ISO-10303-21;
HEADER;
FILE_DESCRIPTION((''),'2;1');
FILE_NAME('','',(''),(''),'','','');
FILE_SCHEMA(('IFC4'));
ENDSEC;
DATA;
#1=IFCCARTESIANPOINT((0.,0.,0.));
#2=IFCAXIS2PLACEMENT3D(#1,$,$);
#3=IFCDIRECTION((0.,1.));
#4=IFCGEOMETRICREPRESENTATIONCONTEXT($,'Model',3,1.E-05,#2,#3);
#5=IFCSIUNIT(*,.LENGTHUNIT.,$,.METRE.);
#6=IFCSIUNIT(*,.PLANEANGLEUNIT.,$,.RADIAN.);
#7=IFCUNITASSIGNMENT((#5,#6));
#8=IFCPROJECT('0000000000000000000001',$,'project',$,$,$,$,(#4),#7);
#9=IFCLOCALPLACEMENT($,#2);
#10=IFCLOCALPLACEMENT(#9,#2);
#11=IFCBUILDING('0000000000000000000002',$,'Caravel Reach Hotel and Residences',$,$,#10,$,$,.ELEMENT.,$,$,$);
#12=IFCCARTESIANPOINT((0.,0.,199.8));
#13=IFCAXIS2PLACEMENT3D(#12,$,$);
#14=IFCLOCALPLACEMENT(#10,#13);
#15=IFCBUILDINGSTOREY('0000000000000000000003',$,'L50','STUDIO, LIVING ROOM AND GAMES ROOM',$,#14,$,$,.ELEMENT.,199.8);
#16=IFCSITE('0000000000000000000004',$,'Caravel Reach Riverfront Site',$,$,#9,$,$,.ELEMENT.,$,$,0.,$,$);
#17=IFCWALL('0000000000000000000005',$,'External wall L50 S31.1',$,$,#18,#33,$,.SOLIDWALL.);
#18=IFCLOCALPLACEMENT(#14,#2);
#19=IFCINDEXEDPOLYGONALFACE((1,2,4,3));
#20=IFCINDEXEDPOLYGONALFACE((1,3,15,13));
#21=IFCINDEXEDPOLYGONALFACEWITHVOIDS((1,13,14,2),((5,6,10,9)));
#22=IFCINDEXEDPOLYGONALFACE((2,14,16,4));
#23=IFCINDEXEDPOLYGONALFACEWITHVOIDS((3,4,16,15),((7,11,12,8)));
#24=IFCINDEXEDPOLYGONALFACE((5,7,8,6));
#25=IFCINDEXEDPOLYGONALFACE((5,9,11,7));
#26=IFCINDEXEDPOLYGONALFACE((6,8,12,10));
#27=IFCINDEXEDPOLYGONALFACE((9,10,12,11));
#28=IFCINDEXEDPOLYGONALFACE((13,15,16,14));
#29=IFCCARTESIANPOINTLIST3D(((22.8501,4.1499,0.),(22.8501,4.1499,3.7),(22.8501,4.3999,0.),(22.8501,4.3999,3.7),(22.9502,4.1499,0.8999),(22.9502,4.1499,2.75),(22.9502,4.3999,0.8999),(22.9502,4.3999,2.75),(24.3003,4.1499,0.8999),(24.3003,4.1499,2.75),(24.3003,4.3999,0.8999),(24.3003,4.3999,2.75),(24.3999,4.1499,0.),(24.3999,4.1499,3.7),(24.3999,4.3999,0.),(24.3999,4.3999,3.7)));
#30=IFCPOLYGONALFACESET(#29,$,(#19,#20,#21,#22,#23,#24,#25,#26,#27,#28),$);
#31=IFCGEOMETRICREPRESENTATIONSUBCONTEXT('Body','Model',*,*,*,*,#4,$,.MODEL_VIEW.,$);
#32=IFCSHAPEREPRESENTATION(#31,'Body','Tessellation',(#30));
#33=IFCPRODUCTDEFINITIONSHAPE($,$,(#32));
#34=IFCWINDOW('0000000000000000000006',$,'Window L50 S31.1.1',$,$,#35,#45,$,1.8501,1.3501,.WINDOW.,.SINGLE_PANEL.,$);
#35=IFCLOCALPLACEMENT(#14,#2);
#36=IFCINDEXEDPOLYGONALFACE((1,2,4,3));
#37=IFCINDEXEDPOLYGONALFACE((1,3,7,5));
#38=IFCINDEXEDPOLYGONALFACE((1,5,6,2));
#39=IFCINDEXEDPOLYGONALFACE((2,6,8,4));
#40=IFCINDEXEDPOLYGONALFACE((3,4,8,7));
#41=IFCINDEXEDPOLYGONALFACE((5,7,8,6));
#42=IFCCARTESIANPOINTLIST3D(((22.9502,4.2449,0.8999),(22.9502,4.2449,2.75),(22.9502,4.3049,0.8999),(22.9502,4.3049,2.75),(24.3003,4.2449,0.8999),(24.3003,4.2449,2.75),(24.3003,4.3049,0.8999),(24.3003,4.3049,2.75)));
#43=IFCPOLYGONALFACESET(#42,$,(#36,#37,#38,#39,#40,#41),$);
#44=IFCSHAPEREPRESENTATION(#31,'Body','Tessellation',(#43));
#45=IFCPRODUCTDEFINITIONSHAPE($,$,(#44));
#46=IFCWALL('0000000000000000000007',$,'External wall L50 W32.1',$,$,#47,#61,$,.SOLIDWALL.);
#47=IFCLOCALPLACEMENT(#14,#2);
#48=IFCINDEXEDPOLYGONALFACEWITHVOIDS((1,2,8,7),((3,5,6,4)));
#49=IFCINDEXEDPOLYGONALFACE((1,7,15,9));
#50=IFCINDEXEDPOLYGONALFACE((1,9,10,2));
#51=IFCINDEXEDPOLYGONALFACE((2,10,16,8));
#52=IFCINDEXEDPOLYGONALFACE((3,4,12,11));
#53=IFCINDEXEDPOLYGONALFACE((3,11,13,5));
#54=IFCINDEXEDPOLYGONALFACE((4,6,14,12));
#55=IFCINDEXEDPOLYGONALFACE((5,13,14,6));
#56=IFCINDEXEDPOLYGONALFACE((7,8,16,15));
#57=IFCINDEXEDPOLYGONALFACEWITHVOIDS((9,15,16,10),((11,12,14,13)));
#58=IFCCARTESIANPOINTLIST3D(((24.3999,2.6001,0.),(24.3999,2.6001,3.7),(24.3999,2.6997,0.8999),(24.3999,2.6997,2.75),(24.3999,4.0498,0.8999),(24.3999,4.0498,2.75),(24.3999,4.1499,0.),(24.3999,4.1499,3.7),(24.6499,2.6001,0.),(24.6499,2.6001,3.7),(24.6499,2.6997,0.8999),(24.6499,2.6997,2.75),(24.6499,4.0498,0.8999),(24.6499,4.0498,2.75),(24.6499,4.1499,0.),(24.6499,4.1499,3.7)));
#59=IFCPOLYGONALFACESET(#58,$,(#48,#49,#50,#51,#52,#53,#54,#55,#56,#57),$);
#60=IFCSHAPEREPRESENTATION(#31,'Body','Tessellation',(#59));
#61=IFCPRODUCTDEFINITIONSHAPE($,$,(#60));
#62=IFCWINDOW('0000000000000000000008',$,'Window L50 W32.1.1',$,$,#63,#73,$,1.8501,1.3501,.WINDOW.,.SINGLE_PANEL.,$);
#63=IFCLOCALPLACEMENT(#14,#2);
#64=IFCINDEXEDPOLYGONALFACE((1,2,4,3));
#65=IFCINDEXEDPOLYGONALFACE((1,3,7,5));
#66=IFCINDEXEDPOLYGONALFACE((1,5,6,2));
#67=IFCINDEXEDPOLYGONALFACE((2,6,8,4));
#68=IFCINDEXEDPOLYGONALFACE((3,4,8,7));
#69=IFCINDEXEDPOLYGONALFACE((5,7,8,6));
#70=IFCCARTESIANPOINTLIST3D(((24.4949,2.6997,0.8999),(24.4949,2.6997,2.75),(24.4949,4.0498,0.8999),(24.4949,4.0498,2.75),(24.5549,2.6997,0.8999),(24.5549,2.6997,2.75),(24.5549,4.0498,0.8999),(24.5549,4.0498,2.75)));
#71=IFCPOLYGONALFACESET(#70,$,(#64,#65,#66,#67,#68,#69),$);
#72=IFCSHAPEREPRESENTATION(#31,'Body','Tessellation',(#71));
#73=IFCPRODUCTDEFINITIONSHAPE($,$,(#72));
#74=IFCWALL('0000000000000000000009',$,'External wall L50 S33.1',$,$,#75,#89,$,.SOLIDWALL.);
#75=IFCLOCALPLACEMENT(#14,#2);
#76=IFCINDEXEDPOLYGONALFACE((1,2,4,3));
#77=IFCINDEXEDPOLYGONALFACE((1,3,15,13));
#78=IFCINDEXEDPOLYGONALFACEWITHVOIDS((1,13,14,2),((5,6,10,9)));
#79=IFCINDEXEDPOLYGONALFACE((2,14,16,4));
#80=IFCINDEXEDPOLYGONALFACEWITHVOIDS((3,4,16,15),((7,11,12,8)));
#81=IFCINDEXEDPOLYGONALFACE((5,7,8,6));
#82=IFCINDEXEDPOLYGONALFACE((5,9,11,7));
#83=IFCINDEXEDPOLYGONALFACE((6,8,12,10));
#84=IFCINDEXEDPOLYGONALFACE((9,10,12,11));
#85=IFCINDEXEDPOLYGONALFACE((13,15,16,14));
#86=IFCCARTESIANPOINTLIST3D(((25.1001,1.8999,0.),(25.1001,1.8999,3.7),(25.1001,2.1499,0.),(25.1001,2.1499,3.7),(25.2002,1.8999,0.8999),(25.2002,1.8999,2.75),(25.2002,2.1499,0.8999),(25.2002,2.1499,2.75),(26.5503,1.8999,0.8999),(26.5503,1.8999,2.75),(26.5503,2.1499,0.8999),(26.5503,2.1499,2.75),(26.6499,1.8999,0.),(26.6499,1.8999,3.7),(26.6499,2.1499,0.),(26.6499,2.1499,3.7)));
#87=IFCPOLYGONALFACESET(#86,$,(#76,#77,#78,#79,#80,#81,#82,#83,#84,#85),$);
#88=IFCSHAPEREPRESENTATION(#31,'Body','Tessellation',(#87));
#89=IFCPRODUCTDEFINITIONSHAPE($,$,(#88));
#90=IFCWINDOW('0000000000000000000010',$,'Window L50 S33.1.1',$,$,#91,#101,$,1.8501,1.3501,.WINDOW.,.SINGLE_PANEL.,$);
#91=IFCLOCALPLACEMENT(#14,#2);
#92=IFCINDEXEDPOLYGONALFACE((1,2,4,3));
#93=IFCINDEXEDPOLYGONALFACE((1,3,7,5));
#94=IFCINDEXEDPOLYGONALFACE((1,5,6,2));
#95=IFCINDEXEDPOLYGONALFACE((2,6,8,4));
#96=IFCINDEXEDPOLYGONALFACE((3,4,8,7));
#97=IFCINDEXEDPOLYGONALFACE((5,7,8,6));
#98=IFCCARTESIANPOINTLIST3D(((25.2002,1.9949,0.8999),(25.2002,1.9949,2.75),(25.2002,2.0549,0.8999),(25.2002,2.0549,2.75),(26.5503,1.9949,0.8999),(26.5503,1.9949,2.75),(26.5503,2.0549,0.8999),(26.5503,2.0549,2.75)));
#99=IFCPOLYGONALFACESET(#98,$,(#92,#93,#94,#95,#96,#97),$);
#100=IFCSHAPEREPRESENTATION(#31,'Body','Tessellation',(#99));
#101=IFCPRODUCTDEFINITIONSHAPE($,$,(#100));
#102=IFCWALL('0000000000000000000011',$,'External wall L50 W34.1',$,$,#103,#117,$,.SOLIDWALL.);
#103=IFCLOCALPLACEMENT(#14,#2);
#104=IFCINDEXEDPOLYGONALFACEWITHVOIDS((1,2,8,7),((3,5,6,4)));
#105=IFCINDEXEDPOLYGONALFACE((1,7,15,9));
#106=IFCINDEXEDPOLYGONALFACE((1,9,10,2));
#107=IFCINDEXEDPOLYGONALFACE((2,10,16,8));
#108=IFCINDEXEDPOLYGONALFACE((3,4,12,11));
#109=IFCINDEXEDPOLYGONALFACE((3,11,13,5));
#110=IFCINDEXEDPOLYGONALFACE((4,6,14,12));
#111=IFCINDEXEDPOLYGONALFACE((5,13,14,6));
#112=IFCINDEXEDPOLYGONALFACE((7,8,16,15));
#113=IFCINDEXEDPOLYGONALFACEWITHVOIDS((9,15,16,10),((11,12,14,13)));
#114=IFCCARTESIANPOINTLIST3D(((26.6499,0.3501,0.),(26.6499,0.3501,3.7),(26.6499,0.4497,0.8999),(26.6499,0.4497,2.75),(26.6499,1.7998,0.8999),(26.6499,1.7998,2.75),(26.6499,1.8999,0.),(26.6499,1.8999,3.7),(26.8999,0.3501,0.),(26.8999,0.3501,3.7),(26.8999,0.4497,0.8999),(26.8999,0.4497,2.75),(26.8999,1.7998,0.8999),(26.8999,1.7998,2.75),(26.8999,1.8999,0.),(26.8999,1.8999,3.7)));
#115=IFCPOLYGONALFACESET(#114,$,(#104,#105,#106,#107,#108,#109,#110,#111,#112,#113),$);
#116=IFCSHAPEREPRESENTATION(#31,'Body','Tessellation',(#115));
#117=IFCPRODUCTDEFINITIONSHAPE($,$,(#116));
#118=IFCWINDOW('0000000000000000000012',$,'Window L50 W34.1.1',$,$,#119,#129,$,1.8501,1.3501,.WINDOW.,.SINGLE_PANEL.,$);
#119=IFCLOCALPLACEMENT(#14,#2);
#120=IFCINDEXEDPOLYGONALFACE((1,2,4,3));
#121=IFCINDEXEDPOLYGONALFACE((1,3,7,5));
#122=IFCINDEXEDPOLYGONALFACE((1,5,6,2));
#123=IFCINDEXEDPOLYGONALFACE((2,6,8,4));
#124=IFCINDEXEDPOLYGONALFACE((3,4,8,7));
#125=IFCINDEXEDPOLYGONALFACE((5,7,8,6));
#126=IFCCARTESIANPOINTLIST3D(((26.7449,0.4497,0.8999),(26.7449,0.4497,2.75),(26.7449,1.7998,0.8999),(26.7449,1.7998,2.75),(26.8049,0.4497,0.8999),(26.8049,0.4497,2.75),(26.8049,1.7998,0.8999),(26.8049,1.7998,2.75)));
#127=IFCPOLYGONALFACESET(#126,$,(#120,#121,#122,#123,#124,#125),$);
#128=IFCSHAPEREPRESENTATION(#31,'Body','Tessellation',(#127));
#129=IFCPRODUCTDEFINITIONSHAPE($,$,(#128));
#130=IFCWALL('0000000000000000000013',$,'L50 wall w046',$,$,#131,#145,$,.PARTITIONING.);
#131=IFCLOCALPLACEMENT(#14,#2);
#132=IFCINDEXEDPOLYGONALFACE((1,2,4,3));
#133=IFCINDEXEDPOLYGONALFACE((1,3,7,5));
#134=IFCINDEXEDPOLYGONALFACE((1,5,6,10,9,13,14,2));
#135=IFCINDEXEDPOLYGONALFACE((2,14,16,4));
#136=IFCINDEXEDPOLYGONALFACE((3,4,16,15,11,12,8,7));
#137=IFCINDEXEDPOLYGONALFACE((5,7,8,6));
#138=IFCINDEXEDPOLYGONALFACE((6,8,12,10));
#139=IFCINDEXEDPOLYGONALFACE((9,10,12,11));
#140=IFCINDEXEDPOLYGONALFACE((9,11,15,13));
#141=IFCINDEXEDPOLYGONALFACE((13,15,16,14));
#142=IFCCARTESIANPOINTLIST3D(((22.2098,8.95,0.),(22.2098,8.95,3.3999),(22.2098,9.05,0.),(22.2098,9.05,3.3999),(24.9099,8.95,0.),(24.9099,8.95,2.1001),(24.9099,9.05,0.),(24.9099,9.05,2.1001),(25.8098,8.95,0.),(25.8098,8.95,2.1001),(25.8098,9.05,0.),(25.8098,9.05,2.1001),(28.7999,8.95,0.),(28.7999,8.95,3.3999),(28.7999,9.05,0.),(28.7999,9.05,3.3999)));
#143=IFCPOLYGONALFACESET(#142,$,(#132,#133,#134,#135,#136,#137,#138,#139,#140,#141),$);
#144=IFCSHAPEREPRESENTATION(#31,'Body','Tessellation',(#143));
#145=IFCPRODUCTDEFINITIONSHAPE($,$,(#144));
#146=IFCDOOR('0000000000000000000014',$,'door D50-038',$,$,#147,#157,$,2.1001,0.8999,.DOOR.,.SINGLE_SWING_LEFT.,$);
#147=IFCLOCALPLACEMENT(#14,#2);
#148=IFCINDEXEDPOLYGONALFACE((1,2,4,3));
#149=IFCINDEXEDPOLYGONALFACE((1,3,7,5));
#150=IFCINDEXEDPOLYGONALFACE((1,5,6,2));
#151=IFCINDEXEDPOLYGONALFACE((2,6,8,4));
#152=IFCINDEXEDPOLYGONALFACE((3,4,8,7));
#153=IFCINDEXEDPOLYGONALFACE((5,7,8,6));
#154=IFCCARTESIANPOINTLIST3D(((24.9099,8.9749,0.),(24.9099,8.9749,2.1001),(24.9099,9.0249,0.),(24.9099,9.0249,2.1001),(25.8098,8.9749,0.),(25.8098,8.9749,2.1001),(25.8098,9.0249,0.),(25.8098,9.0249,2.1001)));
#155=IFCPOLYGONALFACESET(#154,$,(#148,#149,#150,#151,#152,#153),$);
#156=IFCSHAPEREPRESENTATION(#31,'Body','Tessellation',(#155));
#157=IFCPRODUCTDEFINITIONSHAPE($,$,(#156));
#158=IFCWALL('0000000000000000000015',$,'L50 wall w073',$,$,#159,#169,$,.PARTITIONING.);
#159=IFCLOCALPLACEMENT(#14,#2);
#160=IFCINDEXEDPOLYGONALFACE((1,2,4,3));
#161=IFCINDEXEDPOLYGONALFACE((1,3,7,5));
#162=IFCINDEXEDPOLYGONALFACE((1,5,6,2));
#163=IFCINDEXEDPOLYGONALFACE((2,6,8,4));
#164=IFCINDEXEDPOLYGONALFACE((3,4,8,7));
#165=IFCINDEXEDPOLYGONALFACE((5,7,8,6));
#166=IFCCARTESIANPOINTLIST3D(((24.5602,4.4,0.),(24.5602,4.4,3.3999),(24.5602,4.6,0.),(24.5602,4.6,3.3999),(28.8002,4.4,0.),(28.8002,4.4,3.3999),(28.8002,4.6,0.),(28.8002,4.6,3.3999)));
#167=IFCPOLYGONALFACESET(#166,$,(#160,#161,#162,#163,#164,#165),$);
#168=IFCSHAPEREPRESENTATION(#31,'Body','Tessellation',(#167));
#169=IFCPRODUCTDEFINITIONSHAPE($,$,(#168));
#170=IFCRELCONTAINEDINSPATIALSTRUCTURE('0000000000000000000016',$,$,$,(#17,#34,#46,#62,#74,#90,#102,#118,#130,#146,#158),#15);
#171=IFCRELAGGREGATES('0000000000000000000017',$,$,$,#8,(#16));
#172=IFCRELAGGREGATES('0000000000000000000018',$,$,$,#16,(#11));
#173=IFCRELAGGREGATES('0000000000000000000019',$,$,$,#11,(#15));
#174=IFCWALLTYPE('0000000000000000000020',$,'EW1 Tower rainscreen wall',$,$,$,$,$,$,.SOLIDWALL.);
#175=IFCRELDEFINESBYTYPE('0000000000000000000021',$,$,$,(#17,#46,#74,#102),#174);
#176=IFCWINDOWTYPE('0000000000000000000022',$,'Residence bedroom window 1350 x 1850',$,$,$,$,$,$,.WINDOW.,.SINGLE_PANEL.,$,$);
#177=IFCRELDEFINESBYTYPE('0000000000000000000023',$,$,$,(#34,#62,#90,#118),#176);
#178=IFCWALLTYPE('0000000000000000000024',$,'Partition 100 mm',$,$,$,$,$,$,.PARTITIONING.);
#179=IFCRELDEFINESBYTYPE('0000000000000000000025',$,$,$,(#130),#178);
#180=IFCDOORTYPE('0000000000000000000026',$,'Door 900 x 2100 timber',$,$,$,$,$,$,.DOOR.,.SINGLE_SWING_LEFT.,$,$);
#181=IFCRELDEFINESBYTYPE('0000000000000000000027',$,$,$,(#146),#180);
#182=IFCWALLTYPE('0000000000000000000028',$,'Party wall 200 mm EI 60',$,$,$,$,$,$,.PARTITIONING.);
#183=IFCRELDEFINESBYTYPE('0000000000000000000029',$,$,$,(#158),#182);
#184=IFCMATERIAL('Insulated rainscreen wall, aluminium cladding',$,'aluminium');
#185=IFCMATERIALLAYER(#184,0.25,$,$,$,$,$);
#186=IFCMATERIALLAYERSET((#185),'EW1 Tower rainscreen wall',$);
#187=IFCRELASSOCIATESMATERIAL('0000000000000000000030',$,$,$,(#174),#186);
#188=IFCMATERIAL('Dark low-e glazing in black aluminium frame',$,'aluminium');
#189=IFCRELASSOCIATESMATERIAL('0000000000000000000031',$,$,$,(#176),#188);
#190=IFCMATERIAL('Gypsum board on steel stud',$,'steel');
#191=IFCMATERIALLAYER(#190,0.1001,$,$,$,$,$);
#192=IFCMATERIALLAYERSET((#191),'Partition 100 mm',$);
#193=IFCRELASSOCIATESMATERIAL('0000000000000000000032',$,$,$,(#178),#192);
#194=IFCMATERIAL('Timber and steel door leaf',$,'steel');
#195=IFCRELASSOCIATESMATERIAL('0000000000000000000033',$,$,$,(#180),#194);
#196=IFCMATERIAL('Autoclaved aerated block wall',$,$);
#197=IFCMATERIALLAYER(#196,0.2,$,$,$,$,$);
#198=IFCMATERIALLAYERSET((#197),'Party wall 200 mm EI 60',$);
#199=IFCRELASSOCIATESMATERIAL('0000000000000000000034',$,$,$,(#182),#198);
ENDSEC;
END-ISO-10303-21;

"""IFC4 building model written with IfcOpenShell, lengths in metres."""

from ifc_helpers import new_model, si_unit, direction, frame, frame_2d, origin, place, context, subcontext, project, spatial, rectangle, extrude, material, layer, layer_set, type_object, element, fill, save


model = new_model("IFC4")

# Units and contexts
model_context = context("Model", 3, precision=1e-05, world=origin(), true_north=direction((0.0, 1.0)))
body_context = subcontext(model_context, "Body", "Model", "MODEL_VIEW")
ifc_project = project(units=[si_unit("LENGTHUNIT", "METRE"), si_unit("PLANEANGLEUNIT", "RADIAN")], contexts=[model_context])

# Site, building, storey
site_placement = place(None, origin())
site = spatial("IfcSite", under=ifc_project, at=site_placement, Name="Caravel Reach Riverfront Site", CompositionType="ELEMENT", RefElevation=0.0)
building_placement = place(site_placement, origin())
building = spatial("IfcBuilding", under=site, at=building_placement, Name="Caravel Reach Hotel and Residences", CompositionType="ELEMENT")
storey_placement = place(building_placement, frame((0.0, 0.0, 199.8)))
storey = spatial("IfcBuildingStorey", under=building, at=storey_placement, Name="L50", Description="STUDIO, LIVING ROOM AND GAMES ROOM", CompositionType="ELEMENT", Elevation=199.8)

# Shared definitions
ifc_material_1 = material(Name="Insulated rainscreen wall, aluminium cladding", Category="aluminium")
ifc_layer_1 = layer(ifc_material_1, 0.25)
ifc_layer_set_1 = layer_set([ifc_layer_1], Name="EW1 Tower rainscreen wall")
wall_type_1 = type_object("IfcWallType", Name="EW1 Tower rainscreen wall", PredefinedType="SOLIDWALL", material=ifc_layer_set_1)

# Walls, openings, windows
wall_1_placement = place(storey_placement, frame((22.8501, 4.2749, 0.0), z_axis=(0.0, 0.0, 1.0), x_axis=(1.0, 0.0, 0.0)))
wall_1 = element("IfcWall", 1, at=wall_1_placement, inside=storey, type_object=wall_type_1, Name="External wall L50 S31.1", PredefinedType="SOLIDWALL", context=body_context, shape_type="SweptSolid", body=[
    extrude(rectangle(XDim=1.5498, YDim=0.25, at=frame_2d((0.7749, 0.0))), origin(), (0.0, 0.0, 1.0), 3.7),
])
opening_1_placement = place(wall_1_placement, frame((0.1001, 0.0, 0.8999)))
opening_1 = element("IfcOpeningElement", 2, at=opening_1_placement, cuts=wall_1, PredefinedType="OPENING", context=body_context, shape_type="SweptSolid", body=[
    extrude(rectangle(XDim=1.3501, YDim=1.8501, at=frame_2d((0.675, 0.925))), frame((0.0, 0.135, 0.0), z_axis=(0.0, -1.0, 0.0), x_axis=(1.0, 0.0, 0.0)), (0.0, 0.0, 1.0), 0.27),
])
ifc_material_2 = material(Name="Dark low-e glazing in black aluminium frame", Category="aluminium")
window_type_1 = type_object("IfcWindowType", Name="Residence bedroom window 1350 x 1850", PartitioningType="SINGLE_PANEL", PredefinedType="WINDOW", material=ifc_material_2)
window_1_placement = place(opening_1_placement, origin())
window_1 = element("IfcWindow", 3, at=window_1_placement, inside=storey, type_object=window_type_1, Name="Window L50 S31.1.1", OverallHeight=1.8501, OverallWidth=1.3501, PartitioningType="SINGLE_PANEL", PredefinedType="WINDOW", context=body_context, shape_type="SweptSolid", body=[
    extrude(rectangle(XDim=1.3501, YDim=1.8501, at=frame_2d((0.675, 0.925))), frame((0.0, 0.03, 0.0), z_axis=(0.0, -1.0, 0.0), x_axis=(1.0, 0.0, 0.0)), (0.0, 0.0, 1.0), 0.0601),
])
fill(opening_1, window_1)
wall_2_placement = place(storey_placement, frame((24.5249, 4.1499, 0.0), z_axis=(0.0, 0.0, 1.0), x_axis=(0.0, -1.0, 0.0)))
wall_2 = element("IfcWall", 4, at=wall_2_placement, inside=storey, type_object=wall_type_1, Name="External wall L50 W32.1", PredefinedType="SOLIDWALL", context=body_context, shape_type="SweptSolid", body=[
    extrude(rectangle(XDim=1.5498, YDim=0.25, at=frame_2d((0.7749, 0.0))), origin(), (0.0, 0.0, 1.0), 3.7),
])
opening_2_placement = place(wall_2_placement, frame((0.1001, 0.0, 0.8999)))
opening_2 = element("IfcOpeningElement", 5, at=opening_2_placement, cuts=wall_2, PredefinedType="OPENING", context=body_context, shape_type="SweptSolid", body=[
    extrude(rectangle(XDim=1.3501, YDim=1.8501, at=frame_2d((0.675, 0.925))), frame((0.0, 0.135, 0.0), z_axis=(0.0, -1.0, 0.0), x_axis=(1.0, 0.0, 0.0)), (0.0, 0.0, 1.0), 0.27),
])
window_2_placement = place(opening_2_placement, origin())
window_2 = element("IfcWindow", 6, at=window_2_placement, inside=storey, type_object=window_type_1, Name="Window L50 W32.1.1", OverallHeight=1.8501, OverallWidth=1.3501, PartitioningType="SINGLE_PANEL", PredefinedType="WINDOW", context=body_context, shape_type="SweptSolid", body=[
    extrude(rectangle(XDim=1.3501, YDim=1.8501, at=frame_2d((0.675, 0.925))), frame((0.0, 0.03, 0.0), z_axis=(0.0, -1.0, 0.0), x_axis=(1.0, 0.0, 0.0)), (0.0, 0.0, 1.0), 0.0601),
])
fill(opening_2, window_2)
wall_3_placement = place(storey_placement, frame((25.1001, 2.0249, 0.0), z_axis=(0.0, 0.0, 1.0), x_axis=(1.0, 0.0, 0.0)))
wall_3 = element("IfcWall", 7, at=wall_3_placement, inside=storey, type_object=wall_type_1, Name="External wall L50 S33.1", PredefinedType="SOLIDWALL", context=body_context, shape_type="SweptSolid", body=[
    extrude(rectangle(XDim=1.5498, YDim=0.25, at=frame_2d((0.7749, 0.0))), origin(), (0.0, 0.0, 1.0), 3.7),
])
opening_3_placement = place(wall_3_placement, frame((0.1001, 0.0, 0.8999)))
opening_3 = element("IfcOpeningElement", 8, at=opening_3_placement, cuts=wall_3, PredefinedType="OPENING", context=body_context, shape_type="SweptSolid", body=[
    extrude(rectangle(XDim=1.3501, YDim=1.8501, at=frame_2d((0.675, 0.925))), frame((0.0, 0.135, 0.0), z_axis=(0.0, -1.0, 0.0), x_axis=(1.0, 0.0, 0.0)), (0.0, 0.0, 1.0), 0.27),
])
window_3_placement = place(opening_3_placement, origin())
window_3 = element("IfcWindow", 9, at=window_3_placement, inside=storey, type_object=window_type_1, Name="Window L50 S33.1.1", OverallHeight=1.8501, OverallWidth=1.3501, PartitioningType="SINGLE_PANEL", PredefinedType="WINDOW", context=body_context, shape_type="SweptSolid", body=[
    extrude(rectangle(XDim=1.3501, YDim=1.8501, at=frame_2d((0.675, 0.925))), frame((0.0, 0.03, 0.0), z_axis=(0.0, -1.0, 0.0), x_axis=(1.0, 0.0, 0.0)), (0.0, 0.0, 1.0), 0.0601),
])
fill(opening_3, window_3)
wall_4_placement = place(storey_placement, frame((26.7749, 1.8999, 0.0), z_axis=(0.0, 0.0, 1.0), x_axis=(0.0, -1.0, 0.0)))
wall_4 = element("IfcWall", 10, at=wall_4_placement, inside=storey, type_object=wall_type_1, Name="External wall L50 W34.1", PredefinedType="SOLIDWALL", context=body_context, shape_type="SweptSolid", body=[
    extrude(rectangle(XDim=1.5498, YDim=0.25, at=frame_2d((0.7749, 0.0))), origin(), (0.0, 0.0, 1.0), 3.7),
])
opening_4_placement = place(wall_4_placement, frame((0.1001, 0.0, 0.8999)))
opening_4 = element("IfcOpeningElement", 11, at=opening_4_placement, cuts=wall_4, PredefinedType="OPENING", context=body_context, shape_type="SweptSolid", body=[
    extrude(rectangle(XDim=1.3501, YDim=1.8501, at=frame_2d((0.675, 0.925))), frame((0.0, 0.135, 0.0), z_axis=(0.0, -1.0, 0.0), x_axis=(1.0, 0.0, 0.0)), (0.0, 0.0, 1.0), 0.27),
])
window_4_placement = place(opening_4_placement, origin())
window_4 = element("IfcWindow", 12, at=window_4_placement, inside=storey, type_object=window_type_1, Name="Window L50 W34.1.1", OverallHeight=1.8501, OverallWidth=1.3501, PartitioningType="SINGLE_PANEL", PredefinedType="WINDOW", context=body_context, shape_type="SweptSolid", body=[
    extrude(rectangle(XDim=1.3501, YDim=1.8501, at=frame_2d((0.675, 0.925))), frame((0.0, 0.03, 0.0), z_axis=(0.0, -1.0, 0.0), x_axis=(1.0, 0.0, 0.0)), (0.0, 0.0, 1.0), 0.0601),
])
fill(opening_4, window_4)

# Wall, opening, door
ifc_material_3 = material(Name="Gypsum board on steel stud", Category="steel")
ifc_layer_2 = layer(ifc_material_3, 0.1001)
ifc_layer_set_2 = layer_set([ifc_layer_2], Name="Partition 100 mm")
wall_type_2 = type_object("IfcWallType", Name="Partition 100 mm", PredefinedType="PARTITIONING", material=ifc_layer_set_2)
wall_5_placement = place(storey_placement, frame((22.21, 9.0, 0.0), z_axis=(0.0, 0.0, 1.0), x_axis=(1.0, 0.0, 0.0)))
wall_5 = element("IfcWall", 13, at=wall_5_placement, inside=storey, type_object=wall_type_2, Name="L50 wall w046", PredefinedType="PARTITIONING", context=body_context, shape_type="SweptSolid", body=[
    extrude(rectangle(XDim=6.5901, YDim=0.1001, at=frame_2d((3.2949, 0.0))), origin(), (0.0, 0.0, 1.0), 3.3999),
])
opening_5_placement = place(wall_5_placement, frame((2.7, 0.0, 0.0)))
opening_5 = element("IfcOpeningElement", 14, at=opening_5_placement, cuts=wall_5, PredefinedType="OPENING", context=body_context, shape_type="SweptSolid", body=[
    extrude(rectangle(XDim=0.8999, YDim=2.1001, at=frame_2d((0.45, 1.05))), frame((0.0, 0.0601, 0.0), z_axis=(0.0, -1.0, 0.0), x_axis=(1.0, 0.0, 0.0)), (0.0, 0.0, 1.0), 0.1201),
])
ifc_material_4 = material(Name="Timber and steel door leaf", Category="steel")
door_type = type_object("IfcDoorType", Name="Door 900 x 2100 timber", OperationType="SINGLE_SWING_LEFT", PredefinedType="DOOR", material=ifc_material_4)
door_placement = place(opening_5_placement, origin())
door = element("IfcDoor", 15, at=door_placement, inside=storey, type_object=door_type, Name="door D50-038", OperationType="SINGLE_SWING_LEFT", OverallHeight=2.1001, OverallWidth=0.8999, PredefinedType="DOOR", context=body_context, shape_type="SweptSolid", body=[
    extrude(rectangle(XDim=0.8999, YDim=2.1001, at=frame_2d((0.45, 1.05))), frame((0.0, 0.0249, 0.0), z_axis=(0.0, -1.0, 0.0), x_axis=(1.0, 0.0, 0.0)), (0.0, 0.0, 1.0), 0.05),
])
fill(opening_5, door)

# Wall
ifc_material_5 = material(Name="Autoclaved aerated block wall")
ifc_layer_3 = layer(ifc_material_5, 0.2)
ifc_layer_set_3 = layer_set([ifc_layer_3], Name="Party wall 200 mm EI 60")
wall_type_3 = type_object("IfcWallType", Name="Party wall 200 mm EI 60", PredefinedType="PARTITIONING", material=ifc_layer_set_3)
wall_6_placement = place(storey_placement, frame((24.5601, 4.5, 0.0), z_axis=(0.0, 0.0, 1.0), x_axis=(1.0, 0.0, 0.0)))
element("IfcWall", 16, at=wall_6_placement, inside=storey, type_object=wall_type_3, Name="L50 wall w073", PredefinedType="PARTITIONING", context=body_context, shape_type="SweptSolid", body=[
    extrude(rectangle(XDim=4.24, YDim=0.2, at=frame_2d((2.1201, 0.0))), origin(), (0.0, 0.0, 1.0), 3.3999),
])

save(model, "model.ifc")
